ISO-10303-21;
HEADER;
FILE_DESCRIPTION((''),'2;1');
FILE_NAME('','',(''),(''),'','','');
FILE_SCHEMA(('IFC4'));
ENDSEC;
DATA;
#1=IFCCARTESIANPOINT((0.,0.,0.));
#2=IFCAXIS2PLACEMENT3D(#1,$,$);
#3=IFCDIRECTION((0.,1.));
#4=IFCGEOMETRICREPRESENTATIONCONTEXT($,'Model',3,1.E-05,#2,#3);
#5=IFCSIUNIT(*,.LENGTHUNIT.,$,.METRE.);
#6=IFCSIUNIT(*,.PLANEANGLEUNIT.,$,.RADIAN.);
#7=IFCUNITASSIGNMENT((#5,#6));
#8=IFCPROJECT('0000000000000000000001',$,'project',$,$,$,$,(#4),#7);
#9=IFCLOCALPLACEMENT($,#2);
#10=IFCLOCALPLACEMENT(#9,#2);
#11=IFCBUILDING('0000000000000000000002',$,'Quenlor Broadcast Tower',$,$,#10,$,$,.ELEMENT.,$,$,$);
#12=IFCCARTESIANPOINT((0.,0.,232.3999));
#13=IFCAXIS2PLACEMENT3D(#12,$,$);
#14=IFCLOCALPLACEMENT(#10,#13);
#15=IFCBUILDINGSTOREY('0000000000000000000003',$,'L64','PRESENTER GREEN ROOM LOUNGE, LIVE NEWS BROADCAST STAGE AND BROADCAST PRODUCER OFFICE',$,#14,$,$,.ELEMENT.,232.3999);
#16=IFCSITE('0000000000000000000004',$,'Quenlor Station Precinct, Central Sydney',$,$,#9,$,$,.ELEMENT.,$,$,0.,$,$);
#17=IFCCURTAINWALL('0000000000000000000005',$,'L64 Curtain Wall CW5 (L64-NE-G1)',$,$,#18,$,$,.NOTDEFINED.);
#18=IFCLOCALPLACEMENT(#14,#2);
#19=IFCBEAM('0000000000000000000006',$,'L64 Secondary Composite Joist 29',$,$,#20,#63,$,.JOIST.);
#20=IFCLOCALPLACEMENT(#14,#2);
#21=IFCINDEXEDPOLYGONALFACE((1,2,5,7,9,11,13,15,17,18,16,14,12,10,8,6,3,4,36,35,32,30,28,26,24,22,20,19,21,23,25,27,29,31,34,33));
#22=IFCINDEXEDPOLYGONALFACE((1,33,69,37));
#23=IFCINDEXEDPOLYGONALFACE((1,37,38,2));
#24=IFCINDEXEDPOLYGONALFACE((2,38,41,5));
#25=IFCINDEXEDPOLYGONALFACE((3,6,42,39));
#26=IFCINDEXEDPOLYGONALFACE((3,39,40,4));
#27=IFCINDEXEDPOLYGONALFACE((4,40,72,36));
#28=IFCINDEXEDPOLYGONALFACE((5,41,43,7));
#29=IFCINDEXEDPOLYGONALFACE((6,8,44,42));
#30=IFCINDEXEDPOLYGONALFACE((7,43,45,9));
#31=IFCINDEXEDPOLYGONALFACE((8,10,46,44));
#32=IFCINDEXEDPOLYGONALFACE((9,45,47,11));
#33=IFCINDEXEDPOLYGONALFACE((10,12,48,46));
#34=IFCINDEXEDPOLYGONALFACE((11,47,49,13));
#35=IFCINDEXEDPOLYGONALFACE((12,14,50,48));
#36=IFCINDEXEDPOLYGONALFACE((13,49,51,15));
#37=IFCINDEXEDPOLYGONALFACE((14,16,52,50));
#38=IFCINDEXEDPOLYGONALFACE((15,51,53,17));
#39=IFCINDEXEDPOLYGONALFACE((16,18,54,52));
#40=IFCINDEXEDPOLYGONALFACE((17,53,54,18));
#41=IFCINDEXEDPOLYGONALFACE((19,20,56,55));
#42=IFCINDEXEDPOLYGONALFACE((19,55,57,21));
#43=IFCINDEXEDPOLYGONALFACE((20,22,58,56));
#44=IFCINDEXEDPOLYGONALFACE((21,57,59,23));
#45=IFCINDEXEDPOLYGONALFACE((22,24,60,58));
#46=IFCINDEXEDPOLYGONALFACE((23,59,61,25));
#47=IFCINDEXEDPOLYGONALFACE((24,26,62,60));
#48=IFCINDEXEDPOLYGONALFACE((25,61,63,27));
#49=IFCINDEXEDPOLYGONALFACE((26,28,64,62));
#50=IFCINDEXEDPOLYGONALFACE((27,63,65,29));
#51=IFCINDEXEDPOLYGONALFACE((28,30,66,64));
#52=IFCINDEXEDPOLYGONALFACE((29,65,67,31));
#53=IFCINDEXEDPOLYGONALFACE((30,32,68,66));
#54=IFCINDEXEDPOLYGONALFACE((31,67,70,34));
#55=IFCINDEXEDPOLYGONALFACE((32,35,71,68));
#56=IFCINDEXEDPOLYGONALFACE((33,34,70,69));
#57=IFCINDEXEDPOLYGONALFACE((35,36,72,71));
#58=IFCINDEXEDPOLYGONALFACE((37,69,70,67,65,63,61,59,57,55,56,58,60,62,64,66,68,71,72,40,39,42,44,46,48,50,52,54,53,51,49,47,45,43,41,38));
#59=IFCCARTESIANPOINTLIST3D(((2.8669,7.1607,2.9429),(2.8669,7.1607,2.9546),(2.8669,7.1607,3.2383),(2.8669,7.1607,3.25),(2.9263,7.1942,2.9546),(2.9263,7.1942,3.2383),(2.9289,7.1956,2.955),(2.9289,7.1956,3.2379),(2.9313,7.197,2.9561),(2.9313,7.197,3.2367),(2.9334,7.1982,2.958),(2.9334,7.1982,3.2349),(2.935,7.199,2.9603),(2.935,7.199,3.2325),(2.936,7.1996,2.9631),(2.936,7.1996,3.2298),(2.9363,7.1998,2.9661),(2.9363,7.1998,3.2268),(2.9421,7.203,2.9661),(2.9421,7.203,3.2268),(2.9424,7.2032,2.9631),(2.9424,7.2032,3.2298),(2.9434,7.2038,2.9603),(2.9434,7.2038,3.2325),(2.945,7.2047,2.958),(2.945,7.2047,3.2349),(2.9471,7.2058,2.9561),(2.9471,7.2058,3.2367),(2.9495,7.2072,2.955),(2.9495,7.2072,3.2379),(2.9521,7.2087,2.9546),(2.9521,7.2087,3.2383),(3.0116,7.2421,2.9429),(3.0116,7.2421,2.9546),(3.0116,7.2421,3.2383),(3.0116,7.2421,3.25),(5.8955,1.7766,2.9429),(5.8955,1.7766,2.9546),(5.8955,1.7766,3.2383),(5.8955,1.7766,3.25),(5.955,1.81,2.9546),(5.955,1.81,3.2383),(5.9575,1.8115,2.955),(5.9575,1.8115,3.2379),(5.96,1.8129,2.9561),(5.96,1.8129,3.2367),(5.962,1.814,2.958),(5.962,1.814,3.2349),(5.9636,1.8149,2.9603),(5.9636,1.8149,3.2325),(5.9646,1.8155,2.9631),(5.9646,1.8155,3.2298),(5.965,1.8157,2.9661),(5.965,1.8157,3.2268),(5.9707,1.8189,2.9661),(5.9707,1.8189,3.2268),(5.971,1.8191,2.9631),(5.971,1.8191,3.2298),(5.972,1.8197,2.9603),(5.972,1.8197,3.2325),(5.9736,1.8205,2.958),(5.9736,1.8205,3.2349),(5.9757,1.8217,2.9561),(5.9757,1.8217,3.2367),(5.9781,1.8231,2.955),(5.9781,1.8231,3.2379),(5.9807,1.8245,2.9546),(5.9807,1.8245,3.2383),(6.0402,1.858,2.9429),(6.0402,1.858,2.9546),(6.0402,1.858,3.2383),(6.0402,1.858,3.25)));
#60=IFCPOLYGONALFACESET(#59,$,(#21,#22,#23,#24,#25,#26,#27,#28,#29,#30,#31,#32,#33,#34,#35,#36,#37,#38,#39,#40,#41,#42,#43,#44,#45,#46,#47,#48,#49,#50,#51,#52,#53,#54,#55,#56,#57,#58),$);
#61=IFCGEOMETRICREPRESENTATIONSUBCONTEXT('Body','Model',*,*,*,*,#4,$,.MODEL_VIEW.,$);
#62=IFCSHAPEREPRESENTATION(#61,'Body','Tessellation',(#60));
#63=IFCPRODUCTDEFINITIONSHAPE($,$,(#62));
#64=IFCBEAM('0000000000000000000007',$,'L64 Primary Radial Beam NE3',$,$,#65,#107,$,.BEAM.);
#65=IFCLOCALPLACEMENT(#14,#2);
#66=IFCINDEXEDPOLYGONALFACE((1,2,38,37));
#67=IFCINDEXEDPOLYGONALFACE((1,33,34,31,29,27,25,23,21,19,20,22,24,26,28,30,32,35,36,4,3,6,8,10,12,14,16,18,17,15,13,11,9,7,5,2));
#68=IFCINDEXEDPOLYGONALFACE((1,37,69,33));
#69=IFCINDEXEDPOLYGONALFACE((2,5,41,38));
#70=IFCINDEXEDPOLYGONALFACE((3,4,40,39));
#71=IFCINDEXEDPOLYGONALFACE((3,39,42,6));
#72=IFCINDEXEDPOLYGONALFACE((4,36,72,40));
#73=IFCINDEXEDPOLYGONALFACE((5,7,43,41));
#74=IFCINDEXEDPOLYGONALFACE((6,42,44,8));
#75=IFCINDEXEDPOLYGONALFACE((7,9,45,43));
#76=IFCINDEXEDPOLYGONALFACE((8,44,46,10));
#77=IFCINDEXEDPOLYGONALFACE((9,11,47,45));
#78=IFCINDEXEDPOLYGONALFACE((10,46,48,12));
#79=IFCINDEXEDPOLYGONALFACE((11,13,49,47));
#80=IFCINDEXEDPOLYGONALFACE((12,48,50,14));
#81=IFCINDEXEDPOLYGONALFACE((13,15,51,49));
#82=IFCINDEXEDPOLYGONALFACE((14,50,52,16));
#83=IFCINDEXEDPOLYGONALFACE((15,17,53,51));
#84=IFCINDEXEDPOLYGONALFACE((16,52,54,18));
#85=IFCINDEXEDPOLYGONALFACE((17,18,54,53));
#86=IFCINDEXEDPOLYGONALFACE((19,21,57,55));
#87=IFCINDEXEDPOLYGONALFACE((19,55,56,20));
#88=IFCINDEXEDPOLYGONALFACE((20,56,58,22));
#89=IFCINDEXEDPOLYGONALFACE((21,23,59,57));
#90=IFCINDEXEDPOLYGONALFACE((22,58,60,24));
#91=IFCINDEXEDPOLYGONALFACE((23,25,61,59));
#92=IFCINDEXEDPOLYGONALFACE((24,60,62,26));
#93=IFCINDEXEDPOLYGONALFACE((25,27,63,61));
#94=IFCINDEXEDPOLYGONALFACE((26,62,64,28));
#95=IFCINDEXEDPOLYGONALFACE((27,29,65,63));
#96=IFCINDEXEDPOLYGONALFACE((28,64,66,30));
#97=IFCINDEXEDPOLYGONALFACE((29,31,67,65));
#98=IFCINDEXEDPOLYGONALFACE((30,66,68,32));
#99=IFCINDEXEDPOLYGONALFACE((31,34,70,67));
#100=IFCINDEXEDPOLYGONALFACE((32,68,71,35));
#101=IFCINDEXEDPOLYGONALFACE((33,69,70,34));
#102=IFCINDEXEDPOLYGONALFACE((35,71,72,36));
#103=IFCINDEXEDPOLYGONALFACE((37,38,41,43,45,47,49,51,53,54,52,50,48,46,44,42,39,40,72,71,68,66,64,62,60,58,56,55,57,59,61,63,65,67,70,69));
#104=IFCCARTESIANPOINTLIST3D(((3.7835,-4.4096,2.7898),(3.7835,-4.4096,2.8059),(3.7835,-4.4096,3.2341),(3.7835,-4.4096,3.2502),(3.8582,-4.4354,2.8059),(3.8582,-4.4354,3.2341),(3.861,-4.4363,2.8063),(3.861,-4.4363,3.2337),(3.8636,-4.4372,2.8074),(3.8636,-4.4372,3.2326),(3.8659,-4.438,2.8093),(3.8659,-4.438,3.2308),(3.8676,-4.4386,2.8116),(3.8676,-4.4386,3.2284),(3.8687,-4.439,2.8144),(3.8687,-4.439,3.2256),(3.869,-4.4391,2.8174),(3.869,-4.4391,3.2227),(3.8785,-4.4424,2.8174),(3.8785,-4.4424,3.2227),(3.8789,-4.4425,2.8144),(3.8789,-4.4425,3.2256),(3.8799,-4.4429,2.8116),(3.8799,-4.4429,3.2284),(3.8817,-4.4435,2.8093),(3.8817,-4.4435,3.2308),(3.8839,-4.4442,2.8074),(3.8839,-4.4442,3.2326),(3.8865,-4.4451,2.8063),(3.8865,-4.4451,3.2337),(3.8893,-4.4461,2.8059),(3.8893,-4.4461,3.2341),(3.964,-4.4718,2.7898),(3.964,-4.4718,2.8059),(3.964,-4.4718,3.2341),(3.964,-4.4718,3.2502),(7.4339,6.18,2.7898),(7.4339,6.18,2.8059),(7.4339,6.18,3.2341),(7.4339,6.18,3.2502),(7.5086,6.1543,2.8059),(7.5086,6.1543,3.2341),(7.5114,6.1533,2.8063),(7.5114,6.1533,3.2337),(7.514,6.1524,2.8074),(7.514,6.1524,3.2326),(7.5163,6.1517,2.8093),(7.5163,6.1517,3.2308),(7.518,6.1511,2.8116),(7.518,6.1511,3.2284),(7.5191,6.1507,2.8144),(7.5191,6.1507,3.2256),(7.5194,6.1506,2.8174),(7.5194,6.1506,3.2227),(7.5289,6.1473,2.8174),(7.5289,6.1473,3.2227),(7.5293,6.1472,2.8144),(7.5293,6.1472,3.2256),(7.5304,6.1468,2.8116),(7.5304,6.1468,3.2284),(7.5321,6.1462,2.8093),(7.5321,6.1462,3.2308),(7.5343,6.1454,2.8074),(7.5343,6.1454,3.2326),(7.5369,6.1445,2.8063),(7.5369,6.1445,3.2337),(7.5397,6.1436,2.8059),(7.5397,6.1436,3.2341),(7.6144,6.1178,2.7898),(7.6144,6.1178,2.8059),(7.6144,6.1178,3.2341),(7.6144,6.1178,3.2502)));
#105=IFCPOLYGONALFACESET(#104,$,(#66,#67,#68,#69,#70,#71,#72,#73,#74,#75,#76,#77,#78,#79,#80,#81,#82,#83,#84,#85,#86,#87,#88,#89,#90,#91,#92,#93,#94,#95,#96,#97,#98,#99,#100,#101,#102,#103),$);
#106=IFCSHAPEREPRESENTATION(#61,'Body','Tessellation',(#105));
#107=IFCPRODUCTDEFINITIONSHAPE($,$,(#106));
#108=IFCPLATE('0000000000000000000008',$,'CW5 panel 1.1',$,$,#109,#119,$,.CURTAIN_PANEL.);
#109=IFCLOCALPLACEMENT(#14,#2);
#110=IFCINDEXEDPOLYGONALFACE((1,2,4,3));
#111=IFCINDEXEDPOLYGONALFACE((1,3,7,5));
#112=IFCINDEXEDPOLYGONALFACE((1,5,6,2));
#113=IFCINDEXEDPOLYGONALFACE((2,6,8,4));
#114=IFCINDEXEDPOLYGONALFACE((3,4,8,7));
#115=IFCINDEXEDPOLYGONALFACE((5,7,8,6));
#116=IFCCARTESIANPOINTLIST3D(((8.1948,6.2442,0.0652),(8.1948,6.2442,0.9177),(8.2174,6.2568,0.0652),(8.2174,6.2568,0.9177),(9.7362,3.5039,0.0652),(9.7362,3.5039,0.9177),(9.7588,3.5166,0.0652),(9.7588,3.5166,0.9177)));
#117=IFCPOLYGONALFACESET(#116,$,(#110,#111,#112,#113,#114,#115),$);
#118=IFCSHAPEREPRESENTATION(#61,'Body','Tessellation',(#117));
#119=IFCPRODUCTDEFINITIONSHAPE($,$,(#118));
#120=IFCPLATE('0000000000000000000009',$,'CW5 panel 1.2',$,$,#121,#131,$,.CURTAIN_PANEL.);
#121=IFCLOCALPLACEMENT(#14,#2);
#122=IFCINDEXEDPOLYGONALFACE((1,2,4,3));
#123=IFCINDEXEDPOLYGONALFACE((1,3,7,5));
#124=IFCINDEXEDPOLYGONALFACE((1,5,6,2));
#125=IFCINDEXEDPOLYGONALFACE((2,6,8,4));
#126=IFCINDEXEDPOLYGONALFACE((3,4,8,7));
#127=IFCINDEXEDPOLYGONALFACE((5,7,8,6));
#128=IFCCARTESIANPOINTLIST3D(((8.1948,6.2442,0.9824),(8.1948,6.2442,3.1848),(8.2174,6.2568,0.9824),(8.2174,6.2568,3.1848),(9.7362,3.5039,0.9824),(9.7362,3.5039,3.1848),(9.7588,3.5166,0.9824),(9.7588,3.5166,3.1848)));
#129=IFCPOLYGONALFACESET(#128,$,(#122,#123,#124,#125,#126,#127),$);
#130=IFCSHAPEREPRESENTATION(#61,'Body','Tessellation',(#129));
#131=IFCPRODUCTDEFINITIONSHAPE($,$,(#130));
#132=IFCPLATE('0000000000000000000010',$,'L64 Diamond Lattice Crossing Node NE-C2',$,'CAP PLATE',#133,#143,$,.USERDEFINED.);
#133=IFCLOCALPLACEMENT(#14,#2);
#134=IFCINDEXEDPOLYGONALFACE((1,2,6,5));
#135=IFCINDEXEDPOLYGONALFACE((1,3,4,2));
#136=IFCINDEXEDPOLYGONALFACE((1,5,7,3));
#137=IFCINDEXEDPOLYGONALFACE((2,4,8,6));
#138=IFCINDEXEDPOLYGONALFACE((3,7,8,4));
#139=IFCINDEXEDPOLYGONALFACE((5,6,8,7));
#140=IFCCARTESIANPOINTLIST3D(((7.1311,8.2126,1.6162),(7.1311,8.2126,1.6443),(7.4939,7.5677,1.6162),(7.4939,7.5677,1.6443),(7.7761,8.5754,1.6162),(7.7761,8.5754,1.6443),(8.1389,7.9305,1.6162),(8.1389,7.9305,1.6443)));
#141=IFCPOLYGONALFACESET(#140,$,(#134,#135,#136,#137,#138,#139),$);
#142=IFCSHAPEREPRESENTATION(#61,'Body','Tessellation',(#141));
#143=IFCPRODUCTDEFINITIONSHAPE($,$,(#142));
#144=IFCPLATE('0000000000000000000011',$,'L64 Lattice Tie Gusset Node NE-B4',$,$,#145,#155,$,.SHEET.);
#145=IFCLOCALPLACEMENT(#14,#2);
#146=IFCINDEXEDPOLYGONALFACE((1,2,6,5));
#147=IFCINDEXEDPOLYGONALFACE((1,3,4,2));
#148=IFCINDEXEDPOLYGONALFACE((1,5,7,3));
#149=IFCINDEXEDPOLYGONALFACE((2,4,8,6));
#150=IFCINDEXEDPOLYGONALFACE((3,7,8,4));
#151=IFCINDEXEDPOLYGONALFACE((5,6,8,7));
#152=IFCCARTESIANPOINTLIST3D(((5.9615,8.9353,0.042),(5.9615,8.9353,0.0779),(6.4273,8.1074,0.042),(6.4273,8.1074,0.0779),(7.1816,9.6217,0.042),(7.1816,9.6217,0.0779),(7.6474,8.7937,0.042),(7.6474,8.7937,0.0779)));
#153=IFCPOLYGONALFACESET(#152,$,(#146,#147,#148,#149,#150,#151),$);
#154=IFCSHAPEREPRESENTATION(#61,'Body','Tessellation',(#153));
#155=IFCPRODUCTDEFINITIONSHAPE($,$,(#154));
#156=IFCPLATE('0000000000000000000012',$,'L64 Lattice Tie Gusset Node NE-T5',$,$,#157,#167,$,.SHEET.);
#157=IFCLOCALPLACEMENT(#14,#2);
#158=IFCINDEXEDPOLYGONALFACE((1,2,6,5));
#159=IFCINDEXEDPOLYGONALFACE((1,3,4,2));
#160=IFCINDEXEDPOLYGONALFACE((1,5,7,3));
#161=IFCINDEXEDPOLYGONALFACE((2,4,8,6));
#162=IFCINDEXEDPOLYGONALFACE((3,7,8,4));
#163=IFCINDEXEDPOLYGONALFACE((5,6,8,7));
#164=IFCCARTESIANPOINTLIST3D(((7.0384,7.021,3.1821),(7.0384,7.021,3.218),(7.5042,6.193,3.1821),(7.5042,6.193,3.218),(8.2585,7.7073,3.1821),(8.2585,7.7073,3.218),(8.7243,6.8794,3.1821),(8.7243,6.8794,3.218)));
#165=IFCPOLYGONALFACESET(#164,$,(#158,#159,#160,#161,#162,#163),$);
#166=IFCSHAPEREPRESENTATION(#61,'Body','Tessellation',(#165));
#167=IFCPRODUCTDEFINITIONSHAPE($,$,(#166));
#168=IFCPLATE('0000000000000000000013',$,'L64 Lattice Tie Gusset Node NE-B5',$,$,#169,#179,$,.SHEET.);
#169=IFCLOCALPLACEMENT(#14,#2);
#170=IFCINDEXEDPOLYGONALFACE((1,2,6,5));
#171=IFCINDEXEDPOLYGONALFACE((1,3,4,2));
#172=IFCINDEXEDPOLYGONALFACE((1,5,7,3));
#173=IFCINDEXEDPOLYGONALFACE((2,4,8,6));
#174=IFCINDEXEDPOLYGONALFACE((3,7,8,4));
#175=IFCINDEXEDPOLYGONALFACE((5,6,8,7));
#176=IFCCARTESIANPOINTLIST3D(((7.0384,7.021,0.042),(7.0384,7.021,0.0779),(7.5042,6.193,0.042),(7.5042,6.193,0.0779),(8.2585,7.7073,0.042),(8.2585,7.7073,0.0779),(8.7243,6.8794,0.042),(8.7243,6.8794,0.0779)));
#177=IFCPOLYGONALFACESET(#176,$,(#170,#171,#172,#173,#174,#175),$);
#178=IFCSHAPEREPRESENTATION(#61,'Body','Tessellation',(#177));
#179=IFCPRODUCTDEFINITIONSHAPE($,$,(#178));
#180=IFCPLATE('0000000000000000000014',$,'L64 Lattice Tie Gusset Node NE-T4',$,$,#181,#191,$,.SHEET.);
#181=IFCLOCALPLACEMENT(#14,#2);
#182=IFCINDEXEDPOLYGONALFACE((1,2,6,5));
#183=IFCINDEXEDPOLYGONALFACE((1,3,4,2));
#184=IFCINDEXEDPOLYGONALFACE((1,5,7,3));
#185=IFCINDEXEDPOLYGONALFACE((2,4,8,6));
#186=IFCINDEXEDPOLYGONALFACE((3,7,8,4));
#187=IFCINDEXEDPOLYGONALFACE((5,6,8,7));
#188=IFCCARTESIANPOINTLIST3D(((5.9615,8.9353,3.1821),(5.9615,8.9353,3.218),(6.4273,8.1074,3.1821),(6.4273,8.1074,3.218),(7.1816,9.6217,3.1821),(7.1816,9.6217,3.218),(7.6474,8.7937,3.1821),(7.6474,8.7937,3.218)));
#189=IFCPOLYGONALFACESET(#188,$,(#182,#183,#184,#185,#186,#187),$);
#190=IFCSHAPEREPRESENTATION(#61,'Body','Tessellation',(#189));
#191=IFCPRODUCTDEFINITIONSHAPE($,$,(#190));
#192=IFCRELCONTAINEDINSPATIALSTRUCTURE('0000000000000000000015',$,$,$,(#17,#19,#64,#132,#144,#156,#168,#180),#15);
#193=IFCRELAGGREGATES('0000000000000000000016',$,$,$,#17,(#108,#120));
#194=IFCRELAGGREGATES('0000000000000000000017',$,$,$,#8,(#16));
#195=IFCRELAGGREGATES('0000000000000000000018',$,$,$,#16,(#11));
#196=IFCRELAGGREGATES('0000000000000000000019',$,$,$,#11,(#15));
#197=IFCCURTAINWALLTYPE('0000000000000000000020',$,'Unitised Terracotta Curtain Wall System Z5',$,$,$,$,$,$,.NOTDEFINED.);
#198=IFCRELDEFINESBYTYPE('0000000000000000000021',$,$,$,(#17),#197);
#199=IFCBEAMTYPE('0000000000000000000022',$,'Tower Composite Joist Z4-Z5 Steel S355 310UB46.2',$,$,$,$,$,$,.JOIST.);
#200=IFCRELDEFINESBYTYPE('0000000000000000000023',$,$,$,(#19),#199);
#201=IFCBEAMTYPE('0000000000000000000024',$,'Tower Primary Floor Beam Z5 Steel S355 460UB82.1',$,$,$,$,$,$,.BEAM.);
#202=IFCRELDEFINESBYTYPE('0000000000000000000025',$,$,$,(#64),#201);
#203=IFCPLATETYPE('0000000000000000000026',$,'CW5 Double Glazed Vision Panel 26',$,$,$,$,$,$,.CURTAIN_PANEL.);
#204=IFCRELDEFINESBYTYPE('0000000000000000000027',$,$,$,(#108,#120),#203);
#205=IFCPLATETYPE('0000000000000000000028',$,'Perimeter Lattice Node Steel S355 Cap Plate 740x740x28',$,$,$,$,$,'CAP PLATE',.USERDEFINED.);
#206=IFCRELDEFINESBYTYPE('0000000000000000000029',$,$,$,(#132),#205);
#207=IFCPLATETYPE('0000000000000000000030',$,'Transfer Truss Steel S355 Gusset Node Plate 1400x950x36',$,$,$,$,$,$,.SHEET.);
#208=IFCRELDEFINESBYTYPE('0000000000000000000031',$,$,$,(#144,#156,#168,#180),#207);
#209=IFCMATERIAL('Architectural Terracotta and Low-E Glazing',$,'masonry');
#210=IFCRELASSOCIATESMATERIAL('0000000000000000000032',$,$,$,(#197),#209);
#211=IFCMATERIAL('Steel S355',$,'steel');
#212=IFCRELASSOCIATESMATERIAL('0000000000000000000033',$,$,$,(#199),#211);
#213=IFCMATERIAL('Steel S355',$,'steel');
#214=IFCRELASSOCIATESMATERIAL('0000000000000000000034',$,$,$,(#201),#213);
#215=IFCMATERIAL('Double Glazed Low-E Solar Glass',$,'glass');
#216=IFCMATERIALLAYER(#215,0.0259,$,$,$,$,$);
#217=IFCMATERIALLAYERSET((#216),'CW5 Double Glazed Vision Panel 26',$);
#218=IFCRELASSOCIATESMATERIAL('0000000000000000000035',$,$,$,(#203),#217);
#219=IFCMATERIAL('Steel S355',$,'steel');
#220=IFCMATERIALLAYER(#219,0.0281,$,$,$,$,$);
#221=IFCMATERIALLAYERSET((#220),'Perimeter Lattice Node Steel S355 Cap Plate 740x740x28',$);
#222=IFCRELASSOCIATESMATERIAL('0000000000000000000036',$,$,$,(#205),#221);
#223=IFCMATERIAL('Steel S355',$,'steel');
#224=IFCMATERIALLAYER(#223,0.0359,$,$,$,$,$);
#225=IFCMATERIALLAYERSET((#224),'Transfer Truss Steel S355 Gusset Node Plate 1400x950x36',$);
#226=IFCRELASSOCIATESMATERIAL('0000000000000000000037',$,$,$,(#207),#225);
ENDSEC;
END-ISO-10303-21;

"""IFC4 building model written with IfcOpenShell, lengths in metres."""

from ifc_helpers import new_model, si_unit, direction, frame, origin, origin_2d, place, context, subcontext, project, spatial, rectangle, i_section, extrude, material, layer, layer_set, material_profile, profile_set, type_object, element, aggregate, save


model = new_model("IFC4")

# Units and contexts
model_context = context("Model", 3, precision=1e-05, world=origin(), true_north=direction((0.0, 1.0)))
body_context = subcontext(model_context, "Body", "Model", "MODEL_VIEW")
ifc_project = project(units=[si_unit("LENGTHUNIT", "METRE"), si_unit("PLANEANGLEUNIT", "RADIAN")], contexts=[model_context])

# Site, building, storey
site_placement = place(None, origin())
site = spatial("IfcSite", under=ifc_project, at=site_placement, Name="Quenlor Station Precinct, Central Sydney", CompositionType="ELEMENT", RefElevation=0.0)
building_placement = place(site_placement, origin())
building = spatial("IfcBuilding", under=site, at=building_placement, Name="Quenlor Broadcast Tower", CompositionType="ELEMENT")
storey_placement = place(building_placement, frame((0.0, 0.0, 232.3999)))
storey = spatial("IfcBuildingStorey", under=building, at=storey_placement, Name="L64", Description="PRESENTER GREEN ROOM LOUNGE, LIVE NEWS BROADCAST STAGE AND BROADCAST PRODUCER OFFICE", CompositionType="ELEMENT", Elevation=232.3999)

# Shared definitions
ifc_material_1 = material(Name="Architectural Terracotta and Low-E Glazing", Category="masonry")
curtain_wall_type = type_object("IfcCurtainWallType", Name="Unitised Terracotta Curtain Wall System Z5", PredefinedType="NOTDEFINED", material=ifc_material_1)

# Curtain wall
curtain_wall_1_placement = place(storey_placement, origin())
curtain_wall_1 = element("IfcCurtainWall", 1, at=curtain_wall_1_placement, inside=storey, type_object=curtain_wall_type, Name="L64 Curtain Wall CW5 (L64-NE-G1)", PredefinedType="NOTDEFINED")

# Beams
ifc_material_2 = material(Name="Steel S355", Category="steel")
ifc_material_profile_1 = material_profile(ifc_material_2, i_section(OverallWidth=0.166, OverallDepth=0.3071, WebThickness=0.0066, FlangeThickness=0.0117, FilletRadius=0.0115, at=origin_2d()))
ifc_profile_set_1 = profile_set([ifc_material_profile_1], Name="Steel S355 310UB46.2")
beam_type_1 = type_object("IfcBeamType", Name="Tower Composite Joist Z4-Z5 Steel S355 310UB46.2", PredefinedType="JOIST", material=ifc_profile_set_1)
beam_1_placement = place(storey_placement, frame((2.9392, 7.2014, 3.0964), z_axis=(0.490267, -0.871572, 0.0), x_axis=(0.871572, 0.490267, 0.0)))
element("IfcBeam", 2, at=beam_1_placement, inside=storey, type_object=beam_type_1, Name="L64 Secondary Composite Joist 29", PredefinedType="JOIST", context=body_context, shape_type="SweptSolid", body=[
    extrude(i_section(OverallWidth=0.166, OverallDepth=0.3071, WebThickness=0.0066, FlangeThickness=0.0117, FilletRadius=0.0115, at=origin_2d()), origin(), (0.0, 0.0, 1.0), 6.1775),
])
ifc_material_3 = material(Name="Steel S355", Category="steel")
ifc_material_profile_2 = material_profile(ifc_material_3, i_section(OverallWidth=0.1909, OverallDepth=0.4604, WebThickness=0.01, FlangeThickness=0.0161, FilletRadius=0.0115, at=origin_2d()))
ifc_profile_set_2 = profile_set([ifc_material_profile_2], Name="Steel S355 460UB82.1")
beam_type_2 = type_object("IfcBeamType", Name="Tower Primary Floor Beam Z5 Steel S355 460UB82.1", PredefinedType="BEAM", material=ifc_profile_set_2)
beam_2_placement = place(storey_placement, frame((7.5242, 6.1489, 3.02), z_axis=(-0.325895, -0.945406, 0.0), x_axis=(0.945406, -0.325895, 0.0)))
element("IfcBeam", 3, at=beam_2_placement, inside=storey, type_object=beam_type_2, Name="L64 Primary Radial Beam NE3", PredefinedType="BEAM", context=body_context, shape_type="SweptSolid", body=[
    extrude(i_section(OverallWidth=0.1909, OverallDepth=0.4604, WebThickness=0.01, FlangeThickness=0.0161, FilletRadius=0.0115, at=origin_2d()), origin(), (0.0, 0.0, 1.0), 11.2012),
])

# Plates
ifc_material_4 = material(Name="Double Glazed Low-E Solar Glass", Category="glass")
ifc_layer_1 = layer(ifc_material_4, 0.0259)
ifc_layer_set_1 = layer_set([ifc_layer_1], Name="CW5 Double Glazed Vision Panel 26")
plate_type_1 = type_object("IfcPlateType", Name="CW5 Double Glazed Vision Panel 26", PredefinedType="CURTAIN_PANEL", material=ifc_layer_set_1)
plate_1_placement = place(storey_placement, frame((8.9768, 4.8804, 0.0652), z_axis=(0.0, 0.0, 1.0), x_axis=(0.490263, -0.871575, 0.0)))
plate_1 = element("IfcPlate", 4, at=plate_1_placement, type_object=plate_type_1, Name="CW5 panel 1.1", PredefinedType="CURTAIN_PANEL", context=body_context, shape_type="SweptSolid", body=[
    extrude(rectangle(XDim=3.144, YDim=0.0259, at=origin_2d()), origin(), (0.0, 0.0, 1.0), 0.8525),
])
plate_2_placement = place(storey_placement, frame((8.9768, 4.8804, 0.9824), z_axis=(0.0, 0.0, 1.0), x_axis=(0.490263, -0.871575, 0.0)))
plate_2 = element("IfcPlate", 5, at=plate_2_placement, type_object=plate_type_1, Name="CW5 panel 1.2", PredefinedType="CURTAIN_PANEL", context=body_context, shape_type="SweptSolid", body=[
    extrude(rectangle(XDim=3.144, YDim=0.0259, at=origin_2d()), origin(), (0.0, 0.0, 1.0), 2.2024),
])
aggregate(curtain_wall_1, [plate_1, plate_2])

# Plates
ifc_material_5 = material(Name="Steel S355", Category="steel")
ifc_layer_2 = layer(ifc_material_5, 0.0281)
ifc_layer_set_2 = layer_set([ifc_layer_2], Name="Perimeter Lattice Node Steel S355 Cap Plate 740x740x28")
plate_type_2 = type_object("IfcPlateType", Name="Perimeter Lattice Node Steel S355 Cap Plate 740x740x28", ElementType="CAP PLATE", PredefinedType="USERDEFINED", material=ifc_layer_set_2)
plate_3_placement = place(storey_placement, frame((7.635, 8.0715, 1.6162), z_axis=(0.0, 0.0, 1.0), x_axis=(0.490295, -0.871556, 0.0)))
element("IfcPlate", 6, at=plate_3_placement, inside=storey, type_object=plate_type_2, Name="L64 Diamond Lattice Crossing Node NE-C2", ObjectType="CAP PLATE", PredefinedType="USERDEFINED", context=body_context, shape_type="SweptSolid", body=[
    extrude(rectangle(XDim=0.74, YDim=0.74, at=origin_2d()), origin(), (0.0, 0.0, 1.0), 0.0281),
])
ifc_material_6 = material(Name="Steel S355", Category="steel")
ifc_layer_3 = layer(ifc_material_6, 0.0359)
ifc_layer_set_3 = layer_set([ifc_layer_3], Name="Transfer Truss Steel S355 Gusset Node Plate 1400x950x36")
plate_type_3 = type_object("IfcPlateType", Name="Transfer Truss Steel S355 Gusset Node Plate 1400x950x36", PredefinedType="SHEET", material=ifc_layer_set_3)
for number, where, z_axis, x_axis, name in (
    (7, (6.8044, 8.8645, 0.042), (0.0, 0.0, 1.0), (0.871556, 0.490295, 0.0), "L64 Lattice Tie Gusset Node NE-B4"),
    (8, (7.8813, 6.9502, 3.1821), (0.0, 0.0, 1.0), (0.871556, 0.490295, 0.0), "L64 Lattice Tie Gusset Node NE-T5"),
    (9, (7.8813, 6.9502, 0.042), (0.0, 0.0, 1.0), (0.871556, 0.490295, 0.0), "L64 Lattice Tie Gusset Node NE-B5"),
    (10, (6.8044, 8.8645, 3.1821), (0.0, 0.0, 1.0), (0.871556, 0.490295, 0.0), "L64 Lattice Tie Gusset Node NE-T4"),
):
    element("IfcPlate", number, at=place(storey_placement, frame(where, z_axis=z_axis, x_axis=x_axis)), inside=storey, type_object=plate_type_3, Name=name, PredefinedType="SHEET", context=body_context, shape_type="SweptSolid", body=[
        extrude(rectangle(XDim=1.3999, YDim=0.95, at=origin_2d()), origin(), (0.0, 0.0, 1.0), 0.0359),
    ])

save(model, "model.ifc")
